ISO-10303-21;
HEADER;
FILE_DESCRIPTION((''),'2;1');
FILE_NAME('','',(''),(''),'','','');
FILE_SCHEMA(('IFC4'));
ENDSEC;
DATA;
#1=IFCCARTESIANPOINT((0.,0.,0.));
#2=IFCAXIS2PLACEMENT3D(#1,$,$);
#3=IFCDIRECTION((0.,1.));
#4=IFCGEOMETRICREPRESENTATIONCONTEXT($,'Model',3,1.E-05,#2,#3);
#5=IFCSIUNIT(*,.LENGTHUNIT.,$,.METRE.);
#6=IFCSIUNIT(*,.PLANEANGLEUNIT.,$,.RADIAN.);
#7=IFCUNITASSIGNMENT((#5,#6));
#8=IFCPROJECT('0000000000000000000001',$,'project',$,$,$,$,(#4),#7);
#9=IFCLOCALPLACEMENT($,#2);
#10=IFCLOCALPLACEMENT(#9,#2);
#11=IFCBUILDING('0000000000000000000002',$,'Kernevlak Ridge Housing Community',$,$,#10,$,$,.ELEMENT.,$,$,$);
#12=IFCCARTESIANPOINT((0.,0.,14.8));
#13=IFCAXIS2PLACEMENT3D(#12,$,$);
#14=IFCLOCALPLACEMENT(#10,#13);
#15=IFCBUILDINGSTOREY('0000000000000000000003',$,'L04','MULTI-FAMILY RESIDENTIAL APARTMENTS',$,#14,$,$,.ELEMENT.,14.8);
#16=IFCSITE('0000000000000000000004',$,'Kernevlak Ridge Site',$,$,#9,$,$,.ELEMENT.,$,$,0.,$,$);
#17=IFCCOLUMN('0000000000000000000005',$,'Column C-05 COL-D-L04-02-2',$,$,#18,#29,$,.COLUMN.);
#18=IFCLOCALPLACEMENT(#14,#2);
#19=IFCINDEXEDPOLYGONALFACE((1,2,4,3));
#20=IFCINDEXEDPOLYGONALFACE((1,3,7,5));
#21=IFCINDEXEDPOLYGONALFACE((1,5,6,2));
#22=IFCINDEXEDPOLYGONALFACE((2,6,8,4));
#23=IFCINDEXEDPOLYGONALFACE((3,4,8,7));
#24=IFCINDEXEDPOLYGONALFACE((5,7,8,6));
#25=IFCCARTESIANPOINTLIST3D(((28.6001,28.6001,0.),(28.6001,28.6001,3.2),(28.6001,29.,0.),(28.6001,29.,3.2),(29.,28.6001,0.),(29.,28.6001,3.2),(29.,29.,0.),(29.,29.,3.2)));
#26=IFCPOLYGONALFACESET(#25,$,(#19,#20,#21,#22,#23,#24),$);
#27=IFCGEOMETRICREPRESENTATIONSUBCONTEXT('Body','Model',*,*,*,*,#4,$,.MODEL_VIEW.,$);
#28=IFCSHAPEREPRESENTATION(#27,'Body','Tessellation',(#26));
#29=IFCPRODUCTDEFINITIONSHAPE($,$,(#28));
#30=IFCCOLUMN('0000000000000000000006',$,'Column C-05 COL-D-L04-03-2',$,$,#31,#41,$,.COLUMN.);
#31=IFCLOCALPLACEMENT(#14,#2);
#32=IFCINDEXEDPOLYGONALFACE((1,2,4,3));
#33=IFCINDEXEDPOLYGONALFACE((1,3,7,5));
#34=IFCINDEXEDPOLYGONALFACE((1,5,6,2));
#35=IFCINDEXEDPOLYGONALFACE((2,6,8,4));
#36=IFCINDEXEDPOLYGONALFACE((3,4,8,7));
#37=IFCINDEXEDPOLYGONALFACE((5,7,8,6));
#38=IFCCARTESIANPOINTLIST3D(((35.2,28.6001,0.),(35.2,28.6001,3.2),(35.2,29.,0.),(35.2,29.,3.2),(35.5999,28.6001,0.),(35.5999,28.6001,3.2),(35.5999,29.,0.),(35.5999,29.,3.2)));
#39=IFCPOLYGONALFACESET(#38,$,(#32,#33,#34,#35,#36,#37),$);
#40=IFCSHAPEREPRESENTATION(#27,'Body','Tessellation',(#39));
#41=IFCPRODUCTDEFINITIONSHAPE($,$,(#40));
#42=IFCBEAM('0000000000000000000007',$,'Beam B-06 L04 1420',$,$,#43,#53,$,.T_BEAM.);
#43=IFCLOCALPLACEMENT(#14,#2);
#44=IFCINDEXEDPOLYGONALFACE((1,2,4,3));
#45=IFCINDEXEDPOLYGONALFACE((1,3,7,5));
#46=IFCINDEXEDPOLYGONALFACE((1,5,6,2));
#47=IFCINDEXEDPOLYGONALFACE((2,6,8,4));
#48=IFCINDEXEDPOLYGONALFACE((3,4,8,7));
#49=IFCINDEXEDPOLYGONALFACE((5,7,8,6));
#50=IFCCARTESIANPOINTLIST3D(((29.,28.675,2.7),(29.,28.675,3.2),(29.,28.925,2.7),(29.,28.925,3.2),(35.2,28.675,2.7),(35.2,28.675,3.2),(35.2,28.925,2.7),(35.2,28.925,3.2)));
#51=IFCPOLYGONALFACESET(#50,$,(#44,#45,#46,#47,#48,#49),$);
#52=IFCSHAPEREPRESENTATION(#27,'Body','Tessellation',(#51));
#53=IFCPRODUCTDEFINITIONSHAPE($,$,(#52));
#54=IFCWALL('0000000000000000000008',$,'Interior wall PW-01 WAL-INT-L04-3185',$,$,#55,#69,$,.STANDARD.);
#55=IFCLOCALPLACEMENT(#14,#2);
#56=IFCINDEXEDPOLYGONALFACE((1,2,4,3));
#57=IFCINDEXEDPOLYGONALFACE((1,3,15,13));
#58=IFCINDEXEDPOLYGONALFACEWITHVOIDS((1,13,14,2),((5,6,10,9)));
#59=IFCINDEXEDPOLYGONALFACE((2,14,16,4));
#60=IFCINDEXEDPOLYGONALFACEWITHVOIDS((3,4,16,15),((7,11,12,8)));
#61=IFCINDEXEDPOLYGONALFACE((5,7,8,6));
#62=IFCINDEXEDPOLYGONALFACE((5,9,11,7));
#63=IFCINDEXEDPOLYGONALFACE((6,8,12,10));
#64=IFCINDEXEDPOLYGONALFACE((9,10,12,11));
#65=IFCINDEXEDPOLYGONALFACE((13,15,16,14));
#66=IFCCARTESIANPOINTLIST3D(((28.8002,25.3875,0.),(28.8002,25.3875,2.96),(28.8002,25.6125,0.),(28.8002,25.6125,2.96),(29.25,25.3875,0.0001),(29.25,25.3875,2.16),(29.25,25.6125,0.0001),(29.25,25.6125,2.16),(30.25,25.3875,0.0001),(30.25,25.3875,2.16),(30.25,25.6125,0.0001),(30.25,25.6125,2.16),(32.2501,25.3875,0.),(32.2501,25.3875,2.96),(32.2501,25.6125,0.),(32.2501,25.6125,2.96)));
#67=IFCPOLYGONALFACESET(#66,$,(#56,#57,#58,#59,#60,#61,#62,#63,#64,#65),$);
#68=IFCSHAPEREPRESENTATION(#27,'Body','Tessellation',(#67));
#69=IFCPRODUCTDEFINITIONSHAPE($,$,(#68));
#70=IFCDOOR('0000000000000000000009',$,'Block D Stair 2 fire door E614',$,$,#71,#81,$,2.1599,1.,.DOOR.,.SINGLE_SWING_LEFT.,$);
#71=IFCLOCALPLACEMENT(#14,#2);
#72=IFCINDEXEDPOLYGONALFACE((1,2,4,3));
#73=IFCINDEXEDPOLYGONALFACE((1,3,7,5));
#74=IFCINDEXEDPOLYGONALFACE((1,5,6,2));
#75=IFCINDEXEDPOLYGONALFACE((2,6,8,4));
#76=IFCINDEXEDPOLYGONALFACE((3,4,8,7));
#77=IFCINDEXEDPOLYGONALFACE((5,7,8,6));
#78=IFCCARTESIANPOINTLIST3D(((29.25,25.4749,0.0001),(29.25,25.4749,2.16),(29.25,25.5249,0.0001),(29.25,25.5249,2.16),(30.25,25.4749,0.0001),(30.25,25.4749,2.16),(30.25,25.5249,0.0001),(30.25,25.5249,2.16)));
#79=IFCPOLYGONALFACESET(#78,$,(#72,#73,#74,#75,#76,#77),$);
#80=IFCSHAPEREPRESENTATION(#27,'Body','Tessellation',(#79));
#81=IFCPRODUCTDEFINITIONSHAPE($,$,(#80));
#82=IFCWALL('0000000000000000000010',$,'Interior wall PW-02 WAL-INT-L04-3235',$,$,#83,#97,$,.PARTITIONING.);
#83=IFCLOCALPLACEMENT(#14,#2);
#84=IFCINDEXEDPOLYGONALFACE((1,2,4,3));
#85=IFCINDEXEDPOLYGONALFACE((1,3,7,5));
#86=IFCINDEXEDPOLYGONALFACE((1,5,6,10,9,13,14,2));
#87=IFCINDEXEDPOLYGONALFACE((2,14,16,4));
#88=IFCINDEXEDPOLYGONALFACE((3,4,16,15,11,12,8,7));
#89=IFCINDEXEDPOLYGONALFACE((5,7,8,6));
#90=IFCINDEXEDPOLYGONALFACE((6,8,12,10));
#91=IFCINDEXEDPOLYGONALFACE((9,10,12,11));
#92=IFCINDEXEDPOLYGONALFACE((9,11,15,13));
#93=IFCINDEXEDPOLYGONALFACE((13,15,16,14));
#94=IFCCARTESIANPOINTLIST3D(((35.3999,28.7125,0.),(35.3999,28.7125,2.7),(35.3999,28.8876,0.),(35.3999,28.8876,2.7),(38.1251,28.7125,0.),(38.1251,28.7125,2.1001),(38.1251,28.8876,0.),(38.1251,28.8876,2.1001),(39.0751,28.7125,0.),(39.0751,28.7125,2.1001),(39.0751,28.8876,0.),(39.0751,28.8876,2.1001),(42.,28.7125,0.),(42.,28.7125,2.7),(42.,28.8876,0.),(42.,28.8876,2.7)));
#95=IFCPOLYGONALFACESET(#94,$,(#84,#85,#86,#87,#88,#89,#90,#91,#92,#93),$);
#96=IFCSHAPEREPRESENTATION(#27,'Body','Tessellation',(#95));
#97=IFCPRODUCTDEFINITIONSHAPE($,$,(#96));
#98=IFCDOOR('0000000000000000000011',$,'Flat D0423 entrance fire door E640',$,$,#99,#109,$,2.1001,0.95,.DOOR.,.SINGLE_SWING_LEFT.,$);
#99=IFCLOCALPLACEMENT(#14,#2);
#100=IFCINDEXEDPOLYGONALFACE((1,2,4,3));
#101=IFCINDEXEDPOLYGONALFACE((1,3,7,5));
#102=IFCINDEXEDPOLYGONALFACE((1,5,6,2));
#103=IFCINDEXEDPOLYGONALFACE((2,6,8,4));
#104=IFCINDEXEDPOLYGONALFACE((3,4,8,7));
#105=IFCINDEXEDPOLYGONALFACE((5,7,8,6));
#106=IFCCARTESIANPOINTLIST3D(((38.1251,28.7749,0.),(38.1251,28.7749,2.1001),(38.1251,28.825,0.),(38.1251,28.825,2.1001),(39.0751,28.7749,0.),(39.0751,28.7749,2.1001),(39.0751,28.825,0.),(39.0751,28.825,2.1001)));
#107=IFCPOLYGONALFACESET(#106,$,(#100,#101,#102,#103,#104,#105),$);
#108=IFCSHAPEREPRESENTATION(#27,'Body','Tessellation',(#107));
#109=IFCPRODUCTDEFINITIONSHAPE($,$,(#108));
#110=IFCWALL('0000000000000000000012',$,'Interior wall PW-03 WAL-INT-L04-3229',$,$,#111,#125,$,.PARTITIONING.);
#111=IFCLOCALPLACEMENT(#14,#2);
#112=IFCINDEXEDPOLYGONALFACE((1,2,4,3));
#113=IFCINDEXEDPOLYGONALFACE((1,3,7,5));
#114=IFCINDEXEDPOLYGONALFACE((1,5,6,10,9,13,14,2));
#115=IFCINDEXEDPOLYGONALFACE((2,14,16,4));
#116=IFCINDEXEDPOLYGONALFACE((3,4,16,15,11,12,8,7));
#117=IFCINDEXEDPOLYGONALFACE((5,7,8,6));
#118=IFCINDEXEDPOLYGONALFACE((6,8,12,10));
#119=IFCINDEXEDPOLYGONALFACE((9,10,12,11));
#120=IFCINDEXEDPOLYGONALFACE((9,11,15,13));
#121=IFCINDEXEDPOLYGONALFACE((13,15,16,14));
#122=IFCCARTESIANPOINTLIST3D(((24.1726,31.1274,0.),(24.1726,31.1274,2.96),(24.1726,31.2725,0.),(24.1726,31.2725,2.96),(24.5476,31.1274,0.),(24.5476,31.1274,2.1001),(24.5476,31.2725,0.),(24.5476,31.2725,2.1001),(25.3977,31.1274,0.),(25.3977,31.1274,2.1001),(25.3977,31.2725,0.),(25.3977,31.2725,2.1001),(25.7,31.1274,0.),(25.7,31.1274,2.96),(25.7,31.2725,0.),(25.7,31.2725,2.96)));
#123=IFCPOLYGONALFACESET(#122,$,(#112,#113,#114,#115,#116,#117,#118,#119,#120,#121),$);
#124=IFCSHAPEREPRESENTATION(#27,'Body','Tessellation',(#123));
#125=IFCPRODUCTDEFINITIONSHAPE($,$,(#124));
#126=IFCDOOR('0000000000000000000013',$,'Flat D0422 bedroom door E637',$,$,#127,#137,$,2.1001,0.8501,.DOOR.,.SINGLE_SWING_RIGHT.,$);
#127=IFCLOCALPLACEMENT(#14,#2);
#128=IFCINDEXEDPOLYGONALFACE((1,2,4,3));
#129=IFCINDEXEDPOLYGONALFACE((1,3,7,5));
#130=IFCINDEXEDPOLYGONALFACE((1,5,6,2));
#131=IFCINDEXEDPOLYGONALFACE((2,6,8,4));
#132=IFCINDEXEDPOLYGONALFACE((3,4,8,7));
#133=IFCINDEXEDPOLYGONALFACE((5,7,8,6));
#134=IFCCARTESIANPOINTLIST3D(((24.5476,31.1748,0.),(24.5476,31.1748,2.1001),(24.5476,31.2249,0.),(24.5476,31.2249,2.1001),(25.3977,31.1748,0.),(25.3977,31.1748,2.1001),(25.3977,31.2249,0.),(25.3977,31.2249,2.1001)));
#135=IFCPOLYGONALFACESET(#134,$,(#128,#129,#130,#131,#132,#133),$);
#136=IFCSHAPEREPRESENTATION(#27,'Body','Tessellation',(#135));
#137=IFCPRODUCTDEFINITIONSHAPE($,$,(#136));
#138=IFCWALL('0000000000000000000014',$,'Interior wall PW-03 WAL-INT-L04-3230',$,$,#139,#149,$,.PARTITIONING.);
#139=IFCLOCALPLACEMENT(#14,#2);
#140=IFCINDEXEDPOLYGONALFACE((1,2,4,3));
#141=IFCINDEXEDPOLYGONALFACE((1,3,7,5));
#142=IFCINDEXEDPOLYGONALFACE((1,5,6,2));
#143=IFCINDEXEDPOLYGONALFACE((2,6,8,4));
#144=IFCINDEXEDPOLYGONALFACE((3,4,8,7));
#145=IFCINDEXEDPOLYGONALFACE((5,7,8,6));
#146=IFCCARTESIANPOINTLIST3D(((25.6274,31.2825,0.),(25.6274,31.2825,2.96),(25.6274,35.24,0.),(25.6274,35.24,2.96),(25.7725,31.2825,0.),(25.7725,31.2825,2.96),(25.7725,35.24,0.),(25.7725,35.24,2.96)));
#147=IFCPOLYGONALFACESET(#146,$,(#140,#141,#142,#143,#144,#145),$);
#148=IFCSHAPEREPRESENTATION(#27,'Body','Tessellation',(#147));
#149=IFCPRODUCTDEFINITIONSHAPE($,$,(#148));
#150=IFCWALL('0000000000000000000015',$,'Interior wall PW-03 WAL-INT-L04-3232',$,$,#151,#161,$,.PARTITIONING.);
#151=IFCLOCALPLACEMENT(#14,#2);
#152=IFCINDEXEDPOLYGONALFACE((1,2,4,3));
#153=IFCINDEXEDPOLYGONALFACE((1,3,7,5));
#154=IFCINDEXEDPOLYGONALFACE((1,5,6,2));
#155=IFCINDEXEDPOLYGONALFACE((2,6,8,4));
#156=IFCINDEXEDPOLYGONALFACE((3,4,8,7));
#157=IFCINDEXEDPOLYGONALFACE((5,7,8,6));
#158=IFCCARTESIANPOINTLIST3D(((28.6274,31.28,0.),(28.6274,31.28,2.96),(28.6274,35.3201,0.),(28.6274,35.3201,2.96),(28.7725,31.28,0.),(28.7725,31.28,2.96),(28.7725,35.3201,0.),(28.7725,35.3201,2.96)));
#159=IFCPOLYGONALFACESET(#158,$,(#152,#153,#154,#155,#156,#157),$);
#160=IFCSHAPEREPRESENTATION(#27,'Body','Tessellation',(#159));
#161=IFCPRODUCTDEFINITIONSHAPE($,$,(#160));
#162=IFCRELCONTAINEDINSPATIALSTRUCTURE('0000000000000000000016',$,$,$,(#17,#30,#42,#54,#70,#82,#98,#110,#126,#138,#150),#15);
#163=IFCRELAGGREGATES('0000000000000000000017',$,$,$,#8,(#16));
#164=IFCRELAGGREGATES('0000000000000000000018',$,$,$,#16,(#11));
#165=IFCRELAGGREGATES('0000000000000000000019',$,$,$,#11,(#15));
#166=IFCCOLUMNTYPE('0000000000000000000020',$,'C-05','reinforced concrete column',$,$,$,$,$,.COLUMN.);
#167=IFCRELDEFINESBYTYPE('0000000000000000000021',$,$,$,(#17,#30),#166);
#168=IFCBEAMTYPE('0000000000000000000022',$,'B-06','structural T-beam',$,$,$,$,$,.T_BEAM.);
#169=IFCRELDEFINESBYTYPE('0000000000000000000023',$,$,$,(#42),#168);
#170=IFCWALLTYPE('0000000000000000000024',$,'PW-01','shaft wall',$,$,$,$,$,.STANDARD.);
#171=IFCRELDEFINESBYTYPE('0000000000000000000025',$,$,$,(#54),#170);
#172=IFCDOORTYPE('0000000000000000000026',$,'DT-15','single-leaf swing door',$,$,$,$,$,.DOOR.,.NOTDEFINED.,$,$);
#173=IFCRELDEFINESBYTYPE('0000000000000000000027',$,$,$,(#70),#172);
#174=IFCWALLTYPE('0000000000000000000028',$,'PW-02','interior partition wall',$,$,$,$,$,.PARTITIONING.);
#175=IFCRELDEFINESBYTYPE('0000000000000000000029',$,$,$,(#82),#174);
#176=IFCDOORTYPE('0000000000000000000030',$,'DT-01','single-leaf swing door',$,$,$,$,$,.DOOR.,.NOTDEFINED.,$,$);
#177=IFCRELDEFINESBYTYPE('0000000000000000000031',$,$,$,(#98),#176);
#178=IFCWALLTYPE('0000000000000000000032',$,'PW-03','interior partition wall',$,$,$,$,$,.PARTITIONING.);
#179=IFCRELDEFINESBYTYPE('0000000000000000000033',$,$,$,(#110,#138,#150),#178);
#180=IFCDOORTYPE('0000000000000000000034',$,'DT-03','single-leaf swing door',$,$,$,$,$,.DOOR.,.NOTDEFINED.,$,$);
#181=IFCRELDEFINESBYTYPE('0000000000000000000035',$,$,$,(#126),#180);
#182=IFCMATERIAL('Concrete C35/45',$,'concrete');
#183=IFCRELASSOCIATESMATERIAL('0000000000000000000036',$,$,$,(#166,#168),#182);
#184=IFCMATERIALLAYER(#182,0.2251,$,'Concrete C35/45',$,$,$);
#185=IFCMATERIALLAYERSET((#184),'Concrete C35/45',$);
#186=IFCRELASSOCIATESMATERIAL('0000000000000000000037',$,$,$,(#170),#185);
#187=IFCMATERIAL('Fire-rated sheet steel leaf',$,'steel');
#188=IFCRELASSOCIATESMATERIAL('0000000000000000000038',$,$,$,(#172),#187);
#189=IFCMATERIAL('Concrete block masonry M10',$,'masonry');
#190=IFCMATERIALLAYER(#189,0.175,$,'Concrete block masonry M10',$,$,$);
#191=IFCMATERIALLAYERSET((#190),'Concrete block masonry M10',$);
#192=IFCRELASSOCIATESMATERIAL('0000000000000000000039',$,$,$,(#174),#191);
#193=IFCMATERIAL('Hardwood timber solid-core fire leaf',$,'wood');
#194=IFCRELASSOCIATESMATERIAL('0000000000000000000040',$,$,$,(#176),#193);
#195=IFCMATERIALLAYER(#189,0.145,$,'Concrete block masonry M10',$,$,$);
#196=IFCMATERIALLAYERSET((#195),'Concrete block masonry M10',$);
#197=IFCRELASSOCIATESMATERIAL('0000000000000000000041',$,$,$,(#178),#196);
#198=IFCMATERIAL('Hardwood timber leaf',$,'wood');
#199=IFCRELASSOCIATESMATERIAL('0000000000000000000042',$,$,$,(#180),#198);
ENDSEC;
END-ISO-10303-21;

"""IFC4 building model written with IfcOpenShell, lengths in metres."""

from ifc_helpers import new_model, si_unit, direction, frame, frame_2d, origin, origin_2d, place, context, subcontext, project, spatial, rectangle, extrude, material, layer, layer_set, material_profile, profile_set, type_object, element, fill, save


model = new_model("IFC4")

# Units and contexts
model_context = context("Model", 3, precision=1e-05, world=origin(), true_north=direction((0.0, 1.0)))
body_context = subcontext(model_context, "Body", "Model", "MODEL_VIEW")
ifc_project = project(units=[si_unit("LENGTHUNIT", "METRE"), si_unit("PLANEANGLEUNIT", "RADIAN")], contexts=[model_context])

# Site, building, storey
site_placement = place(None, origin())
site = spatial("IfcSite", under=ifc_project, at=site_placement, Name="Kernevlak Ridge Site", CompositionType="ELEMENT", RefElevation=0.0)
building_placement = place(site_placement, origin())
building = spatial("IfcBuilding", under=site, at=building_placement, Name="Kernevlak Ridge Housing Community", CompositionType="ELEMENT")
storey_placement = place(building_placement, frame((0.0, 0.0, 14.8)))
storey = spatial("IfcBuildingStorey", under=building, at=storey_placement, Name="L04", Description="MULTI-FAMILY RESIDENTIAL APARTMENTS", CompositionType="ELEMENT", Elevation=14.8)

# Columns
ifc_material_1 = material(Name="Concrete C35/45", Category="concrete")
ifc_material_profile_1 = material_profile(ifc_material_1, rectangle(XDim=0.3999, YDim=0.3999, at=origin_2d()), Name="RC 400x400")
ifc_profile_set_1 = profile_set([ifc_material_profile_1], Name="Concrete C35/45")
column_type = type_object("IfcColumnType", Name="C-05", Description="reinforced concrete column", PredefinedType="COLUMN", material=ifc_profile_set_1)
for number, where, z_axis, x_axis, name in (
    (1, (28.8, 28.8, 0.0), (0.0, 0.0, 1.0), (1.0, 0.0, 0.0), "Column C-05 COL-D-L04-02-2"),
    (2, (35.3999, 28.8, 0.0), (0.0, 0.0, 1.0), (1.0, 0.0, 0.0), "Column C-05 COL-D-L04-03-2"),
):
    element("IfcColumn", number, at=place(storey_placement, frame(where, z_axis=z_axis, x_axis=x_axis)), inside=storey, type_object=column_type, Name=name, PredefinedType="COLUMN", context=body_context, shape_type="SweptSolid", body=[
        extrude(rectangle(XDim=0.3999, YDim=0.3999, at=origin_2d()), origin(), (0.0, 0.0, 1.0), 3.2),
    ])

# Beam
ifc_material_profile_2 = material_profile(ifc_material_1, rectangle(XDim=0.25, YDim=0.5, at=origin_2d()), Name="RC 250x500")
ifc_profile_set_2 = profile_set([ifc_material_profile_2], Name="Concrete C35/45")
beam_type = type_object("IfcBeamType", Name="B-06", Description="structural T-beam", PredefinedType="T_BEAM", material=ifc_profile_set_2)
beam_placement = place(storey_placement, frame((29.0, 28.8, 2.95), z_axis=(1.0, 0.0, 0.0), x_axis=(0.0, 1.0, 0.0)))
element("IfcBeam", 3, at=beam_placement, inside=storey, type_object=beam_type, Name="Beam B-06 L04 1420", PredefinedType="T_BEAM", context=body_context, shape_type="SweptSolid", body=[
    extrude(rectangle(XDim=0.25, YDim=0.5, at=origin_2d()), origin(), (0.0, 0.0, 1.0), 6.2),
])

# Walls, openings, doors
ifc_layer_1 = layer(ifc_material_1, 0.2251, Name="Concrete C35/45")
ifc_layer_set_1 = layer_set([ifc_layer_1], Name="Concrete C35/45")
wall_type_1 = type_object("IfcWallType", Name="PW-01", Description="shaft wall", PredefinedType="STANDARD", material=ifc_layer_set_1)
wall_1_placement = place(storey_placement, frame((28.8, 25.5, 0.0), z_axis=(0.0, 0.0, 1.0), x_axis=(1.0, 0.0, 0.0)))
wall_1 = element("IfcWall", 4, at=wall_1_placement, inside=storey, type_object=wall_type_1, Name="Interior wall PW-01 WAL-INT-L04-3185", PredefinedType="STANDARD", context=body_context, shape_type="SweptSolid", body=[
    extrude(rectangle(XDim=3.45, YDim=0.2251, at=frame_2d((1.7251, 0.0))), origin(), (0.0, 0.0, 1.0), 2.96),
])
opening_1_placement = place(wall_1_placement, frame((0.45, 0.0, 0.0)))
opening_1 = element("IfcOpeningElement", 5, at=opening_1_placement, cuts=wall_1, PredefinedType="OPENING", context=body_context, shape_type="SweptSolid", body=[
    extrude(rectangle(XDim=1.0, YDim=2.1599, at=frame_2d((0.5, 1.0801))), frame((0.0, 0.1226, 0.0), z_axis=(0.0, -1.0, 0.0), x_axis=(1.0, 0.0, 0.0)), (0.0, 0.0, 1.0), 0.2451),
])
ifc_material_2 = material(Name="Fire-rated sheet steel leaf", Category="steel")
door_type_1 = type_object("IfcDoorType", Name="DT-15", Description="single-leaf swing door", OperationType="NOTDEFINED", PredefinedType="DOOR", material=ifc_material_2)
door_1_placement = place(opening_1_placement, origin())
door_1 = element("IfcDoor", 6, at=door_1_placement, inside=storey, type_object=door_type_1, Name="Block D Stair 2 fire door E614", OperationType="SINGLE_SWING_LEFT", OverallHeight=2.1599, OverallWidth=1.0, PredefinedType="DOOR", context=body_context, shape_type="SweptSolid", body=[
    extrude(rectangle(XDim=1.0, YDim=2.1599, at=frame_2d((0.5, 1.0801))), frame((0.0, 0.0249, 0.0), z_axis=(0.0, -1.0, 0.0), x_axis=(1.0, 0.0, 0.0)), (0.0, 0.0, 1.0), 0.05),
])
fill(opening_1, door_1)
ifc_material_3 = material(Name="Concrete block masonry M10", Category="masonry")
ifc_layer_2 = layer(ifc_material_3, 0.175, Name="Concrete block masonry M10")
ifc_layer_set_2 = layer_set([ifc_layer_2], Name="Concrete block masonry M10")
wall_type_2 = type_object("IfcWallType", Name="PW-02", Description="interior partition wall", PredefinedType="PARTITIONING", material=ifc_layer_set_2)
wall_2_placement = place(storey_placement, frame((35.3999, 28.8, 0.0), z_axis=(0.0, 0.0, 1.0), x_axis=(1.0, 0.0, 0.0)))
wall_2 = element("IfcWall", 7, at=wall_2_placement, inside=storey, type_object=wall_type_2, Name="Interior wall PW-02 WAL-INT-L04-3235", PredefinedType="PARTITIONING", context=body_context, shape_type="SweptSolid", body=[
    extrude(rectangle(XDim=6.6001, YDim=0.175, at=frame_2d((3.3, 0.0))), origin(), (0.0, 0.0, 1.0), 2.7),
])
opening_2_placement = place(wall_2_placement, frame((2.7251, 0.0, 0.0)))
opening_2 = element("IfcOpeningElement", 8, at=opening_2_placement, cuts=wall_2, PredefinedType="OPENING", context=body_context, shape_type="SweptSolid", body=[
    extrude(rectangle(XDim=0.95, YDim=2.1001, at=frame_2d((0.4751, 1.05))), frame((0.0, 0.0974, 0.0), z_axis=(0.0, -1.0, 0.0), x_axis=(1.0, 0.0, 0.0)), (0.0, 0.0, 1.0), 0.1951),
])
ifc_material_4 = material(Name="Hardwood timber solid-core fire leaf", Category="wood")
door_type_2 = type_object("IfcDoorType", Name="DT-01", Description="single-leaf swing door", OperationType="NOTDEFINED", PredefinedType="DOOR", material=ifc_material_4)
door_2_placement = place(opening_2_placement, origin())
door_2 = element("IfcDoor", 9, at=door_2_placement, inside=storey, type_object=door_type_2, Name="Flat D0423 entrance fire door E640", OperationType="SINGLE_SWING_LEFT", OverallHeight=2.1001, OverallWidth=0.95, PredefinedType="DOOR", context=body_context, shape_type="SweptSolid", body=[
    extrude(rectangle(XDim=0.95, YDim=2.1001, at=frame_2d((0.4751, 1.05))), frame((0.0, 0.0249, 0.0), z_axis=(0.0, -1.0, 0.0), x_axis=(1.0, 0.0, 0.0)), (0.0, 0.0, 1.0), 0.05),
])
fill(opening_2, door_2)
ifc_layer_3 = layer(ifc_material_3, 0.145, Name="Concrete block masonry M10")
ifc_layer_set_3 = layer_set([ifc_layer_3], Name="Concrete block masonry M10")
wall_type_3 = type_object("IfcWallType", Name="PW-03", Description="interior partition wall", PredefinedType="PARTITIONING", material=ifc_layer_set_3)
wall_3_placement = place(storey_placement, frame((24.1726, 31.2, 0.0), z_axis=(0.0, 0.0, 1.0), x_axis=(1.0, 0.0, 0.0)))
wall_3 = element("IfcWall", 10, at=wall_3_placement, inside=storey, type_object=wall_type_3, Name="Interior wall PW-03 WAL-INT-L04-3229", PredefinedType="PARTITIONING", context=body_context, shape_type="SweptSolid", body=[
    extrude(rectangle(XDim=1.5273, YDim=0.145, at=frame_2d((0.7637, 0.0))), origin(), (0.0, 0.0, 1.0), 2.96),
])
opening_3_placement = place(wall_3_placement, frame((0.375, 0.0, 0.0)))
opening_3 = element("IfcOpeningElement", 11, at=opening_3_placement, cuts=wall_3, PredefinedType="OPENING", context=body_context, shape_type="SweptSolid", body=[
    extrude(rectangle(XDim=0.8501, YDim=2.1001, at=frame_2d((0.425, 1.05))), frame((0.0, 0.0825, 0.0), z_axis=(0.0, -1.0, 0.0), x_axis=(1.0, 0.0, 0.0)), (0.0, 0.0, 1.0), 0.165),
])
ifc_material_5 = material(Name="Hardwood timber leaf", Category="wood")
door_type_3 = type_object("IfcDoorType", Name="DT-03", Description="single-leaf swing door", OperationType="NOTDEFINED", PredefinedType="DOOR", material=ifc_material_5)
door_3_placement = place(opening_3_placement, origin())
door_3 = element("IfcDoor", 12, at=door_3_placement, inside=storey, type_object=door_type_3, Name="Flat D0422 bedroom door E637", OperationType="SINGLE_SWING_RIGHT", OverallHeight=2.1001, OverallWidth=0.8501, PredefinedType="DOOR", context=body_context, shape_type="SweptSolid", body=[
    extrude(rectangle(XDim=0.8501, YDim=2.1001, at=frame_2d((0.425, 1.05))), frame((0.0, 0.0249, 0.0), z_axis=(0.0, -1.0, 0.0), x_axis=(1.0, 0.0, 0.0)), (0.0, 0.0, 1.0), 0.05),
])
fill(opening_3, door_3)

# Walls
wall_4_placement = place(storey_placement, frame((25.7, 31.2825, 0.0), z_axis=(0.0, 0.0, 1.0), x_axis=(0.0, 1.0, 0.0)))
element("IfcWall", 13, at=wall_4_placement, inside=storey, type_object=wall_type_3, Name="Interior wall PW-03 WAL-INT-L04-3230", PredefinedType="PARTITIONING", context=body_context, shape_type="SweptSolid", body=[
    extrude(rectangle(XDim=3.9575, YDim=0.145, at=frame_2d((1.9788, 0.0))), origin(), (0.0, 0.0, 1.0), 2.96),
])
wall_5_placement = place(storey_placement, frame((28.7, 31.28, 0.0), z_axis=(0.0, 0.0, 1.0), x_axis=(0.0, 1.0, 0.0)))
element("IfcWall", 14, at=wall_5_placement, inside=storey, type_object=wall_type_3, Name="Interior wall PW-03 WAL-INT-L04-3232", PredefinedType="PARTITIONING", context=body_context, shape_type="SweptSolid", body=[
    extrude(rectangle(XDim=4.04, YDim=0.145, at=frame_2d((2.02, 0.0))), origin(), (0.0, 0.0, 1.0), 2.96),
])

save(model, "model.ifc")
